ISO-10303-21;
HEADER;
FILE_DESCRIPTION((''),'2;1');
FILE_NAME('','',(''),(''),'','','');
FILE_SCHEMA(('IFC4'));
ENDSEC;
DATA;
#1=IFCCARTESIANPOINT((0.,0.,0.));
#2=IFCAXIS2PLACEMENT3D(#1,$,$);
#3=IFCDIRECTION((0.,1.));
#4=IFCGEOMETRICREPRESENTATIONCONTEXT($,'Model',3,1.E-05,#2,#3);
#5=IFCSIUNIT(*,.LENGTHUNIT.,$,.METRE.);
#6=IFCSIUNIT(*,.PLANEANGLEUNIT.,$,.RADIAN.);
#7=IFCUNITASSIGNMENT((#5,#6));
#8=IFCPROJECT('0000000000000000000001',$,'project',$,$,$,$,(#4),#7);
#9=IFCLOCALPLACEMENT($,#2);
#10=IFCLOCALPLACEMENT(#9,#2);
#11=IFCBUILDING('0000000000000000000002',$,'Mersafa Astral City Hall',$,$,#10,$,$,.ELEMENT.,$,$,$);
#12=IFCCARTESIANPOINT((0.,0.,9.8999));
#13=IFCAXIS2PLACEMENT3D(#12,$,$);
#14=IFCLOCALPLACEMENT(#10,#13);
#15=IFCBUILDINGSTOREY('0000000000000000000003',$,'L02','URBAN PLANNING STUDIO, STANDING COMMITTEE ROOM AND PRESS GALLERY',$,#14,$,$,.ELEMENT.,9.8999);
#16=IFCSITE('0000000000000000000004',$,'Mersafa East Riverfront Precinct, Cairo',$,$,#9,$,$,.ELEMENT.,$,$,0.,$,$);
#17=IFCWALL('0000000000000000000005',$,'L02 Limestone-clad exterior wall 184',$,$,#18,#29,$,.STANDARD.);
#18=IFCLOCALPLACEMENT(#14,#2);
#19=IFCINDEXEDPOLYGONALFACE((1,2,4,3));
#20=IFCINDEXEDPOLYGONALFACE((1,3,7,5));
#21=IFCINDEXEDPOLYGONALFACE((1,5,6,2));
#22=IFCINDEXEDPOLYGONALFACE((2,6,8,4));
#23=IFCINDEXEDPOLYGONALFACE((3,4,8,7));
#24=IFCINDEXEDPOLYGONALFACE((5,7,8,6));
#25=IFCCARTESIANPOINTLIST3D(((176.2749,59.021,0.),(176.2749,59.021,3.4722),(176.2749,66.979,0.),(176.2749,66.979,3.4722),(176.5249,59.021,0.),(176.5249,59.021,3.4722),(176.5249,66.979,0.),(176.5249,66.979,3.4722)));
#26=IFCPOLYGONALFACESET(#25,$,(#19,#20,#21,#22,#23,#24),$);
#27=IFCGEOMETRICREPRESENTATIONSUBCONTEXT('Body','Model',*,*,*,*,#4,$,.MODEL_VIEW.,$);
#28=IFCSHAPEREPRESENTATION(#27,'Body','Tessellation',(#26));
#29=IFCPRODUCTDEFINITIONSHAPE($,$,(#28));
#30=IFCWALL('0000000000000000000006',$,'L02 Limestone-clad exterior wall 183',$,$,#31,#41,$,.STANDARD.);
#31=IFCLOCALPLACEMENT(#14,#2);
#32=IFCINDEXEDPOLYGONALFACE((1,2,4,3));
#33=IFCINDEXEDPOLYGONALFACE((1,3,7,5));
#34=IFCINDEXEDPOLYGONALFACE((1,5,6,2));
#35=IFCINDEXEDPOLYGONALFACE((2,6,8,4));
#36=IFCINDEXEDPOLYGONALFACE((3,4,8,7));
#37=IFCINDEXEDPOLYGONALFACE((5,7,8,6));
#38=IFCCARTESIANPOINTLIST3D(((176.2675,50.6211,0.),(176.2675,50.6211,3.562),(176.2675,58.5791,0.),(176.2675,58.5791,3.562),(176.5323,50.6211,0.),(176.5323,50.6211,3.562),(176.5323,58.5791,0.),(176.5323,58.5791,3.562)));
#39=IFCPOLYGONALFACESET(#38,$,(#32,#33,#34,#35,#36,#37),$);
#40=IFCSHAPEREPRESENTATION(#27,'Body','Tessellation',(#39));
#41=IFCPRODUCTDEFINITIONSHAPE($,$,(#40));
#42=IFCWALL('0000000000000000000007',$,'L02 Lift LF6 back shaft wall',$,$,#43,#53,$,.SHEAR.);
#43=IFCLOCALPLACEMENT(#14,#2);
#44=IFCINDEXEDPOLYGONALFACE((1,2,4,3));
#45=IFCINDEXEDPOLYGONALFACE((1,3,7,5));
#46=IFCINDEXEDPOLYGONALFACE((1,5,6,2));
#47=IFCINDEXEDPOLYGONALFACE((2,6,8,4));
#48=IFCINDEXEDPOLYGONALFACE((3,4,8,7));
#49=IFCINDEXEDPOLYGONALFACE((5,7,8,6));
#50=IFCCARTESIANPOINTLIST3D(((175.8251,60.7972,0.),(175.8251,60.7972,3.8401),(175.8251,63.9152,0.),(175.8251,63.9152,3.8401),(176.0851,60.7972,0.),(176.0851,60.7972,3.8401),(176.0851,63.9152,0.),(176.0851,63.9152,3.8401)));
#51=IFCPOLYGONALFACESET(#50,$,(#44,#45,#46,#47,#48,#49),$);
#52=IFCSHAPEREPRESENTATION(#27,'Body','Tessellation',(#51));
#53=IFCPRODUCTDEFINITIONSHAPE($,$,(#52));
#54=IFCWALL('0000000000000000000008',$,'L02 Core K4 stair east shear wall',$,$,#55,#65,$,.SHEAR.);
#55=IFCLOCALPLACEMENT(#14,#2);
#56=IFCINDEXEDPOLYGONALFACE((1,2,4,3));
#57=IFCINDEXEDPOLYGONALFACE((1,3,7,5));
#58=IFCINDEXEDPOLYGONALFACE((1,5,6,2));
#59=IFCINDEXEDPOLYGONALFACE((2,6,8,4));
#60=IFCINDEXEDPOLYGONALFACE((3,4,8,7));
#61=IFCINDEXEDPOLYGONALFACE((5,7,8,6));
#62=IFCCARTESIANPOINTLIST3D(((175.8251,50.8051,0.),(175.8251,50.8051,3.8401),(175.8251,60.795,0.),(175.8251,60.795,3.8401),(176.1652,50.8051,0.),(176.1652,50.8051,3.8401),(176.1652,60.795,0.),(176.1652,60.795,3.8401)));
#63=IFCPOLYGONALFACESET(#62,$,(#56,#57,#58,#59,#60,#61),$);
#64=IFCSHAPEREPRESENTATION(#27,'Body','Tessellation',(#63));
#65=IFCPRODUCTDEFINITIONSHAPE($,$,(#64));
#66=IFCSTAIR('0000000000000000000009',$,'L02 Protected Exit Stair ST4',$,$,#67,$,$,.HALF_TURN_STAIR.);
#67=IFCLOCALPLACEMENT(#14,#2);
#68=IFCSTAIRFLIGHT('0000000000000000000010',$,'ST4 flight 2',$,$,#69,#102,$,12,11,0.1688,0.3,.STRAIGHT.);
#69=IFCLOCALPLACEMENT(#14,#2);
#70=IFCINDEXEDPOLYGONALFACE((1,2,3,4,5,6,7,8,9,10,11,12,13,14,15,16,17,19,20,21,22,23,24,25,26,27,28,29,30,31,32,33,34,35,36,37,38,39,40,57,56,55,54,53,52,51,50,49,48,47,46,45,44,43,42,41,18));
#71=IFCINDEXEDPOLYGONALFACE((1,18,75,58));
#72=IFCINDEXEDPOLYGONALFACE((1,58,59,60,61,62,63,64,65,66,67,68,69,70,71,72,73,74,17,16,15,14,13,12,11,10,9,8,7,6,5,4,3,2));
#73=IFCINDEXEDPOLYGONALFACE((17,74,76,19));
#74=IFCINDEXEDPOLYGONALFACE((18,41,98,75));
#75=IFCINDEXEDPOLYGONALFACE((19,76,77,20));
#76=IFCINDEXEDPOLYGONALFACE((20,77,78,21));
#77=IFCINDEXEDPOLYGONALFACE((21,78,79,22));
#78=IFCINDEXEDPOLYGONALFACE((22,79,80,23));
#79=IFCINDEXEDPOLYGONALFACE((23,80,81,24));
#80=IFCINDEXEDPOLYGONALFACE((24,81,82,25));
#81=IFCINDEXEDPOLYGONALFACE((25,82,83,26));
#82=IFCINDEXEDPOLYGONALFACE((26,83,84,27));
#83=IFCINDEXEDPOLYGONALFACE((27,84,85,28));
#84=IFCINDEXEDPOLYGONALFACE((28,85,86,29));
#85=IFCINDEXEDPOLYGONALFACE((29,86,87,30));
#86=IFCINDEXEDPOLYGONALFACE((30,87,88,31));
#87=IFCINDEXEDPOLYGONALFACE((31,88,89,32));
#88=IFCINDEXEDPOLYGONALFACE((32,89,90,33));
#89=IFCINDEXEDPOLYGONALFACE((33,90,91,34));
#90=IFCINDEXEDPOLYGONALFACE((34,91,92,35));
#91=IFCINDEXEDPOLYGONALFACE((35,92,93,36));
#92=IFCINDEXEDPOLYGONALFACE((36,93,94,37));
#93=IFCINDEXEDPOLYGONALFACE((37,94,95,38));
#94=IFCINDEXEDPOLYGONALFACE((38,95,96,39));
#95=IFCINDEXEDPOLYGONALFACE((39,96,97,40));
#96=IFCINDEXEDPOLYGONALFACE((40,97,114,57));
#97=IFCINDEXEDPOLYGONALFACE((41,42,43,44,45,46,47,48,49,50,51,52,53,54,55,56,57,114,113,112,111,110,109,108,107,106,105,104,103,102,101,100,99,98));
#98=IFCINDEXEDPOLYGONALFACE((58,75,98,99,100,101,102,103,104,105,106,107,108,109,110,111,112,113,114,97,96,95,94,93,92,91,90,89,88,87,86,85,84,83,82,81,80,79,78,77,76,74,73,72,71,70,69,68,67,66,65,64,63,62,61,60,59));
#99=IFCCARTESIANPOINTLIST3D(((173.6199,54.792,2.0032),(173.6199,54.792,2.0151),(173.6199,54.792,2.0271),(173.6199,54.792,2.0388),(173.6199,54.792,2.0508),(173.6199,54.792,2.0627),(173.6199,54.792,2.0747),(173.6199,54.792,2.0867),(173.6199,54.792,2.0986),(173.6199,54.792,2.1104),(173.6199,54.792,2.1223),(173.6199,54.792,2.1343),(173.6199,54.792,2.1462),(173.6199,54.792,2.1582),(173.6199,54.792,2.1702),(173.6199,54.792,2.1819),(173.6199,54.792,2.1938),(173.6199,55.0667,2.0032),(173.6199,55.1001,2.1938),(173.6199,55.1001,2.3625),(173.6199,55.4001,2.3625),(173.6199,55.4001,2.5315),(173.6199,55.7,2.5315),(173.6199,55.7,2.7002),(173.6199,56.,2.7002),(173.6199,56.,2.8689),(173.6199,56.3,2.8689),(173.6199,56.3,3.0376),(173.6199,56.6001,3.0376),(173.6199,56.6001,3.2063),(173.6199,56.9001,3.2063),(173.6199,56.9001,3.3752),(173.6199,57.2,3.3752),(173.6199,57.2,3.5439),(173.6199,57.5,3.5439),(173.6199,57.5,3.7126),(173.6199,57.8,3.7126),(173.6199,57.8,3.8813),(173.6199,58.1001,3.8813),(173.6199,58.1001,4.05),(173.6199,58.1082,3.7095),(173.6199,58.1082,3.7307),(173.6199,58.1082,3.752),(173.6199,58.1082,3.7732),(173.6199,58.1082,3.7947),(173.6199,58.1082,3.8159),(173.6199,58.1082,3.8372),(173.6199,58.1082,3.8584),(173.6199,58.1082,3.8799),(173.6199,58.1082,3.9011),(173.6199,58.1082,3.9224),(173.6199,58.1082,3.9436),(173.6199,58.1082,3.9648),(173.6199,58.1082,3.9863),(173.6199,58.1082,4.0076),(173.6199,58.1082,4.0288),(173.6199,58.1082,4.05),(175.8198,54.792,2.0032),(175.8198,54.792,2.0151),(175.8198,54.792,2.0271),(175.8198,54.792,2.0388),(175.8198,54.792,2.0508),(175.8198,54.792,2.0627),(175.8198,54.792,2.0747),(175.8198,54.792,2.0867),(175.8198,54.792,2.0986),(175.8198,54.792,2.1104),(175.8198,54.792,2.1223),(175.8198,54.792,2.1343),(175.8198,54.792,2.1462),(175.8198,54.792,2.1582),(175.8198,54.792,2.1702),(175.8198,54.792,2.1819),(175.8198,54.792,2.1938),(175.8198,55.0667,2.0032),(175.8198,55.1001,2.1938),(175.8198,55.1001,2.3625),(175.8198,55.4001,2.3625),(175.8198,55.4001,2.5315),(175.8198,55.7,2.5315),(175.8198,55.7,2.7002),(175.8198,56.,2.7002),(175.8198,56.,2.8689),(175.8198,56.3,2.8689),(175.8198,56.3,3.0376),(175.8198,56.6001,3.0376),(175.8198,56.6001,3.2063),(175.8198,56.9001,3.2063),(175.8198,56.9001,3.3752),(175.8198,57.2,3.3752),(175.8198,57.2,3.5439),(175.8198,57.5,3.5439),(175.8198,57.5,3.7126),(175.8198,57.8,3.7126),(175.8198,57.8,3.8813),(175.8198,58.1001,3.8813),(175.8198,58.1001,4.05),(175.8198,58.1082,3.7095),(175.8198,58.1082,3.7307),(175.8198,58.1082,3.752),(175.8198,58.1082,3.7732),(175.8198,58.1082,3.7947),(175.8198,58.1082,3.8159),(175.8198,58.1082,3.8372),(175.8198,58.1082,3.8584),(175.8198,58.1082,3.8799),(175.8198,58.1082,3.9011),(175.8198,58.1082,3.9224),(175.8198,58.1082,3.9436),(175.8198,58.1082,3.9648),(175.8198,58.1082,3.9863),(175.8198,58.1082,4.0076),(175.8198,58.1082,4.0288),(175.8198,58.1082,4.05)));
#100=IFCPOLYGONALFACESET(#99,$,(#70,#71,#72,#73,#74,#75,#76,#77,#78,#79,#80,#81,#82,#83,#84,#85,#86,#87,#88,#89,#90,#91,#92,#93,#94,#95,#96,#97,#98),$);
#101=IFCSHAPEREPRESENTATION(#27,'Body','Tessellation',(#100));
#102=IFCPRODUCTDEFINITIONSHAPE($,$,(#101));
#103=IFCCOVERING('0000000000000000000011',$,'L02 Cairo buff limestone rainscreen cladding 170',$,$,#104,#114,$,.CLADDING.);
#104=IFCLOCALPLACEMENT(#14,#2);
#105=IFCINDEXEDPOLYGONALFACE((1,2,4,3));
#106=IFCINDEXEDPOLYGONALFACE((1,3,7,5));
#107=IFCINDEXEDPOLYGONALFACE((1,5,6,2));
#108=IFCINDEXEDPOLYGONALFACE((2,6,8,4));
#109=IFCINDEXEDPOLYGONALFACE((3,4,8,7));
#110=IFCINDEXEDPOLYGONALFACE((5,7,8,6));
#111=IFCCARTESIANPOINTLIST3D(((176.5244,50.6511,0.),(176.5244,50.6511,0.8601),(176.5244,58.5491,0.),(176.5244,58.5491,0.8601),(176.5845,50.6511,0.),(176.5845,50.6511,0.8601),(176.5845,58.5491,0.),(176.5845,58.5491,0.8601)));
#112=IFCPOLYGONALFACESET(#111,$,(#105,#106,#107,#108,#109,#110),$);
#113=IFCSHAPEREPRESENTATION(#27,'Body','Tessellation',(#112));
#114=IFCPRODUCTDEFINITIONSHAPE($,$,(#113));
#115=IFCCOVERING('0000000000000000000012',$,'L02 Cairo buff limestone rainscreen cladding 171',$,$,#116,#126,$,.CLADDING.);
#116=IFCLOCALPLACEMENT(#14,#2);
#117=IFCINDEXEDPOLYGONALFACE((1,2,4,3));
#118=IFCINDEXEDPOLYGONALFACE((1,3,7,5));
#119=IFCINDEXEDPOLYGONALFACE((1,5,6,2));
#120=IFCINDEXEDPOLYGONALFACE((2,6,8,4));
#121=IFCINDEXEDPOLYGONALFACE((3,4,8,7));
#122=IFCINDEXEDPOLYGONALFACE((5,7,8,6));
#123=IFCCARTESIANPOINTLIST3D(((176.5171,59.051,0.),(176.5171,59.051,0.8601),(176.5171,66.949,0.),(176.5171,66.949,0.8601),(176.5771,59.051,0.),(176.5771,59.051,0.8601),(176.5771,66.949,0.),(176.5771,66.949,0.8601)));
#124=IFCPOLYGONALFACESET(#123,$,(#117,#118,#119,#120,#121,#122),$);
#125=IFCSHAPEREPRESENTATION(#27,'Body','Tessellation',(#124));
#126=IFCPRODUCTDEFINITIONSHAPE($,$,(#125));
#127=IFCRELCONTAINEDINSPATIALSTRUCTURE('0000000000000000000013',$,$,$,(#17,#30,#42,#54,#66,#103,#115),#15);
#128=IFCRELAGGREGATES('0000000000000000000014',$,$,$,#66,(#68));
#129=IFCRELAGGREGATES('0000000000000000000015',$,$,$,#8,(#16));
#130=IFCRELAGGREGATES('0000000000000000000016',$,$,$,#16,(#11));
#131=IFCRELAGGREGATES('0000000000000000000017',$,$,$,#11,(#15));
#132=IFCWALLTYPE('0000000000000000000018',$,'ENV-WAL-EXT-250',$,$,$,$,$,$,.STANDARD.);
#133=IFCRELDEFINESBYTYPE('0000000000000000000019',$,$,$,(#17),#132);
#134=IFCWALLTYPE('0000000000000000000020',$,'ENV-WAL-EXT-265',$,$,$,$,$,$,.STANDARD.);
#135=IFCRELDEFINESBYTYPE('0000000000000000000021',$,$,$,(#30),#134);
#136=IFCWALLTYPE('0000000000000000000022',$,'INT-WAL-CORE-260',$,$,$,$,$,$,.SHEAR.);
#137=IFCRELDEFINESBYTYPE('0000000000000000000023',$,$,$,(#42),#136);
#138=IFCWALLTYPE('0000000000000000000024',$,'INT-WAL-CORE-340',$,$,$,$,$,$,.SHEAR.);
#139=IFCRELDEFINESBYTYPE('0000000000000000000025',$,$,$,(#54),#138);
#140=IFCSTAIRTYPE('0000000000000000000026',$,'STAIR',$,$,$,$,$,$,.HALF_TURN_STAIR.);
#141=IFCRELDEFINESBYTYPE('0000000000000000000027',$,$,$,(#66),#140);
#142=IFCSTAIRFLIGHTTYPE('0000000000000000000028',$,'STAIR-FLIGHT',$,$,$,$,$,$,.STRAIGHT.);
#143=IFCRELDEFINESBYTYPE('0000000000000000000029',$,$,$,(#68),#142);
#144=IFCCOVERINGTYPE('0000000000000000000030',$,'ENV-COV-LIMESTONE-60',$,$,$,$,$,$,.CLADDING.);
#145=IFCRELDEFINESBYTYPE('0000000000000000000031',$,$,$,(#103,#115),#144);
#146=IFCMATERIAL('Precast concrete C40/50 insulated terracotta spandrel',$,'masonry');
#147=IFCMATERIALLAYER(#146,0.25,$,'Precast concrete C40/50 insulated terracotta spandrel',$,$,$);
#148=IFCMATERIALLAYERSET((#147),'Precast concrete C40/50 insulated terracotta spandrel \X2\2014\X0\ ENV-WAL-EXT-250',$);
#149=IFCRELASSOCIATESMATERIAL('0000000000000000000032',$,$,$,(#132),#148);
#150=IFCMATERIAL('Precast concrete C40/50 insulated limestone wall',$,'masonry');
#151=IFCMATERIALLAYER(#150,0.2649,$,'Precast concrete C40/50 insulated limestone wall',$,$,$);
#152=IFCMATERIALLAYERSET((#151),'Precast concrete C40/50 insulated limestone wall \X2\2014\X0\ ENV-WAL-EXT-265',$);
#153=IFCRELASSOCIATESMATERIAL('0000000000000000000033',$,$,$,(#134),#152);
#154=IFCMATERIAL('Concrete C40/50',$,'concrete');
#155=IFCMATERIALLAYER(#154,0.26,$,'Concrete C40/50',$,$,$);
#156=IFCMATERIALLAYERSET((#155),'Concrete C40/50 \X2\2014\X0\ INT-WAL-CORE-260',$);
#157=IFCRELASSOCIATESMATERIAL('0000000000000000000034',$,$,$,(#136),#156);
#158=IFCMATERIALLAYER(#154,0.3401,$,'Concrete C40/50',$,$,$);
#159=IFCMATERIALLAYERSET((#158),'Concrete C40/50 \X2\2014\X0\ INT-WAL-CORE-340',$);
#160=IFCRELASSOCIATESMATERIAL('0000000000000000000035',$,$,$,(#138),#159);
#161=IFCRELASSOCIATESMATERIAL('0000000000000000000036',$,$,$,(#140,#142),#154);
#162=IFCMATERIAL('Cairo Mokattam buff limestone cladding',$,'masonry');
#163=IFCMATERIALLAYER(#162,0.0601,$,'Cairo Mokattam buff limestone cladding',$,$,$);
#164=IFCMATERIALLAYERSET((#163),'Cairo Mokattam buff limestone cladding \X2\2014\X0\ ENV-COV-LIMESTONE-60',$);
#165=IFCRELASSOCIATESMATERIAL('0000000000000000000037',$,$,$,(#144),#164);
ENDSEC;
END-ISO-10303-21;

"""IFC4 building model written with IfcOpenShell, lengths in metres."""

from ifc_helpers import new_model, si_unit, direction, frame, frame_2d, origin, origin_2d, place, context, subcontext, project, spatial, polyline, rectangle, outline, extrude, material, layer, layer_set, type_object, element, aggregate, save


model = new_model("IFC4")

# Units and contexts
model_context = context("Model", 3, precision=1e-05, world=origin(), true_north=direction((0.0, 1.0)))
body_context = subcontext(model_context, "Body", "Model", "MODEL_VIEW")
ifc_project = project(units=[si_unit("LENGTHUNIT", "METRE"), si_unit("PLANEANGLEUNIT", "RADIAN")], contexts=[model_context])

# Site, building, storey
site_placement = place(None, origin())
site = spatial("IfcSite", under=ifc_project, at=site_placement, Name="Mersafa East Riverfront Precinct, Cairo", CompositionType="ELEMENT", RefElevation=0.0)
building_placement = place(site_placement, origin())
building = spatial("IfcBuilding", under=site, at=building_placement, Name="Mersafa Astral City Hall", CompositionType="ELEMENT")
storey_placement = place(building_placement, frame((0.0, 0.0, 9.8999)))
storey = spatial("IfcBuildingStorey", under=building, at=storey_placement, Name="L02", Description="URBAN PLANNING STUDIO, STANDING COMMITTEE ROOM AND PRESS GALLERY", CompositionType="ELEMENT", Elevation=9.8999)

# Walls
ifc_material_1 = material(Name="Precast concrete C40/50 insulated terracotta spandrel", Category="masonry")
ifc_layer_1 = layer(ifc_material_1, 0.25, Name="Precast concrete C40/50 insulated terracotta spandrel")
ifc_layer_set_1 = layer_set([ifc_layer_1], Name="Precast concrete C40/50 insulated terracotta spandrel — ENV-WAL-EXT-250")
wall_type_1 = type_object("IfcWallType", Name="ENV-WAL-EXT-250", PredefinedType="STANDARD", material=ifc_layer_set_1)
wall_1_placement = place(storey_placement, frame((176.3999, 59.021, 0.0), z_axis=(0.0, 0.0, 1.0), x_axis=(0.0, 1.0, 0.0)))
element("IfcWall", 1, at=wall_1_placement, inside=storey, type_object=wall_type_1, Name="L02 Limestone-clad exterior wall 184", PredefinedType="STANDARD", context=body_context, shape_type="SweptSolid", body=[
    extrude(rectangle(XDim=7.958, YDim=0.25, at=frame_2d((3.979, 0.0))), origin(), (0.0, 0.0, 1.0), 3.4722),
])
ifc_material_2 = material(Name="Precast concrete C40/50 insulated limestone wall", Category="masonry")
ifc_layer_2 = layer(ifc_material_2, 0.2649, Name="Precast concrete C40/50 insulated limestone wall")
ifc_layer_set_2 = layer_set([ifc_layer_2], Name="Precast concrete C40/50 insulated limestone wall — ENV-WAL-EXT-265")
wall_type_2 = type_object("IfcWallType", Name="ENV-WAL-EXT-265", PredefinedType="STANDARD", material=ifc_layer_set_2)
wall_2_placement = place(storey_placement, frame((176.3999, 50.6211, 0.0), z_axis=(0.0, 0.0, 1.0), x_axis=(0.0, 1.0, 0.0)))
element("IfcWall", 2, at=wall_2_placement, inside=storey, type_object=wall_type_2, Name="L02 Limestone-clad exterior wall 183", PredefinedType="STANDARD", context=body_context, shape_type="SweptSolid", body=[
    extrude(rectangle(XDim=7.958, YDim=0.2649, at=frame_2d((3.979, 0.0))), origin(), (0.0, 0.0, 1.0), 3.562),
])
ifc_material_3 = material(Name="Concrete C40/50", Category="concrete")
ifc_layer_3 = layer(ifc_material_3, 0.26, Name="Concrete C40/50")
ifc_layer_set_3 = layer_set([ifc_layer_3], Name="Concrete C40/50 — INT-WAL-CORE-260")
wall_type_3 = type_object("IfcWallType", Name="INT-WAL-CORE-260", PredefinedType="SHEAR", material=ifc_layer_set_3)
wall_3_placement = place(storey_placement, frame((175.9551, 60.7971, 0.0), z_axis=(0.0, 0.0, 1.0), x_axis=(0.0, 1.0, 0.0)))
element("IfcWall", 3, at=wall_3_placement, inside=storey, type_object=wall_type_3, Name="L02 Lift LF6 back shaft wall", PredefinedType="SHEAR", context=body_context, shape_type="SweptSolid", body=[
    extrude(rectangle(XDim=3.1179, YDim=0.26, at=frame_2d((1.5591, 0.0))), origin(), (0.0, 0.0, 1.0), 3.8401),
])
ifc_layer_4 = layer(ifc_material_3, 0.3401, Name="Concrete C40/50")
ifc_layer_set_4 = layer_set([ifc_layer_4], Name="Concrete C40/50 — INT-WAL-CORE-340")
wall_type_4 = type_object("IfcWallType", Name="INT-WAL-CORE-340", PredefinedType="SHEAR", material=ifc_layer_set_4)
wall_4_placement = place(storey_placement, frame((175.9951, 50.8049, 0.0), z_axis=(0.0, 0.0, 1.0), x_axis=(0.0, 1.0, 0.0)))
element("IfcWall", 4, at=wall_4_placement, inside=storey, type_object=wall_type_4, Name="L02 Core K4 stair east shear wall", PredefinedType="SHEAR", context=body_context, shape_type="SweptSolid", body=[
    extrude(rectangle(XDim=9.99, YDim=0.3401, at=frame_2d((4.9951, 0.0))), origin(), (0.0, 0.0, 1.0), 3.8401),
])

# Stair, stair flight
stair_type = type_object("IfcStairType", Name="STAIR", PredefinedType="HALF_TURN_STAIR", material=ifc_material_3)
stair_placement = place(storey_placement, origin())
stair = element("IfcStair", 5, at=stair_placement, inside=storey, type_object=stair_type, Name="L02 Protected Exit Stair ST4", PredefinedType="HALF_TURN_STAIR")
stair_flight_type = type_object("IfcStairFlightType", Name="STAIR-FLIGHT", PredefinedType="STRAIGHT", material=ifc_material_3)
stair_flight_placement = place(storey_placement, frame((174.72, 54.8, 2.0251), z_axis=(0.0, 0.0, 1.0), x_axis=(0.0, 1.0, 0.0)))
stair_flight = element("IfcStairFlight", 6, at=stair_flight_placement, type_object=stair_flight_type, Name="ST4 flight 2", NumberOfRisers=12, NumberOfTreads=11, PredefinedType="STRAIGHT", RiserHeight=0.1688, TreadLength=0.3, context=body_context, shape_type="SweptSolid", body=[
    extrude(outline(polyline([(-0.0081, -0.022), (-0.0081, -0.01), (-0.0081, 0.002), (-0.0081, 0.0137), (-0.0081, 0.0256), (-0.0081, 0.0376), (-0.0081, 0.0496), (-0.0081, 0.0615), (-0.0081, 0.0735), (-0.0081, 0.0852), (-0.0081, 0.0972), (-0.0081, 0.1091), (-0.0081, 0.1211), (-0.0081, 0.1331), (-0.0081, 0.145), (-0.0081, 0.1567), (-0.0081, 0.1687), (0.3, 0.1687), (0.3, 0.3374), (0.6001, 0.3374), (0.6001, 0.5063), (0.8999, 0.5063), (0.8999, 0.675), (1.2, 0.675), (1.2, 0.8438), (1.5, 0.8438), (1.5, 1.0125), (1.8, 1.0125), (1.8, 1.1812), (2.1001, 1.1812), (2.1001, 1.3501), (2.3999, 1.3501), (2.3999, 1.5188), (2.7, 1.5188), (2.7, 1.6875), (3.0, 1.6875), (3.0, 1.8562), (3.3, 1.8562), (3.3, 2.0249), (3.3081, 2.0249), (3.3081, 2.0037), (3.3081, 1.9824), (3.3081, 1.9612), (3.3081, 1.9397), (3.3081, 1.9185), (3.3081, 1.8972), (3.3081, 1.876), (3.3081, 1.8547), (3.3081, 1.8333), (3.3081, 1.812), (3.3081, 1.7908), (3.3081, 1.7695), (3.3081, 1.748), (3.3081, 1.7268), (3.3081, 1.7056), (3.3081, 1.6843), (0.2666, -0.022), (-0.0081, -0.022)])), frame((0.0, 1.1001, 0.0), z_axis=(0.0, -1.0, 0.0), x_axis=(1.0, 0.0, 0.0)), (0.0, 0.0, 1.0), 2.2),
])
aggregate(stair, [stair_flight])

# Coverings
ifc_material_4 = material(Name="Cairo Mokattam buff limestone cladding", Category="masonry")
ifc_layer_5 = layer(ifc_material_4, 0.0601, Name="Cairo Mokattam buff limestone cladding")
ifc_layer_set_5 = layer_set([ifc_layer_5], Name="Cairo Mokattam buff limestone cladding — ENV-COV-LIMESTONE-60")
covering_type = type_object("IfcCoveringType", Name="ENV-COV-LIMESTONE-60", PredefinedType="CLADDING", material=ifc_layer_set_5)
for number, where, z_axis, x_axis, name in (
    (7, (176.5544, 54.6001, 0.0), (0.0, 0.0, 1.0), (0.0, 1.0, 0.0), "L02 Cairo buff limestone rainscreen cladding 170"),
    (8, (176.5471, 63.0, 0.0), (0.0, 0.0, 1.0), (0.0, 1.0, 0.0), "L02 Cairo buff limestone rainscreen cladding 171"),
):
    element("IfcCovering", number, at=place(storey_placement, frame(where, z_axis=z_axis, x_axis=x_axis)), inside=storey, type_object=covering_type, Name=name, PredefinedType="CLADDING", context=body_context, shape_type="SweptSolid", body=[
        extrude(rectangle(XDim=7.8979, YDim=0.0601, at=origin_2d()), origin(), (0.0, 0.0, 1.0), 0.8601),
    ])

save(model, "model.ifc")
